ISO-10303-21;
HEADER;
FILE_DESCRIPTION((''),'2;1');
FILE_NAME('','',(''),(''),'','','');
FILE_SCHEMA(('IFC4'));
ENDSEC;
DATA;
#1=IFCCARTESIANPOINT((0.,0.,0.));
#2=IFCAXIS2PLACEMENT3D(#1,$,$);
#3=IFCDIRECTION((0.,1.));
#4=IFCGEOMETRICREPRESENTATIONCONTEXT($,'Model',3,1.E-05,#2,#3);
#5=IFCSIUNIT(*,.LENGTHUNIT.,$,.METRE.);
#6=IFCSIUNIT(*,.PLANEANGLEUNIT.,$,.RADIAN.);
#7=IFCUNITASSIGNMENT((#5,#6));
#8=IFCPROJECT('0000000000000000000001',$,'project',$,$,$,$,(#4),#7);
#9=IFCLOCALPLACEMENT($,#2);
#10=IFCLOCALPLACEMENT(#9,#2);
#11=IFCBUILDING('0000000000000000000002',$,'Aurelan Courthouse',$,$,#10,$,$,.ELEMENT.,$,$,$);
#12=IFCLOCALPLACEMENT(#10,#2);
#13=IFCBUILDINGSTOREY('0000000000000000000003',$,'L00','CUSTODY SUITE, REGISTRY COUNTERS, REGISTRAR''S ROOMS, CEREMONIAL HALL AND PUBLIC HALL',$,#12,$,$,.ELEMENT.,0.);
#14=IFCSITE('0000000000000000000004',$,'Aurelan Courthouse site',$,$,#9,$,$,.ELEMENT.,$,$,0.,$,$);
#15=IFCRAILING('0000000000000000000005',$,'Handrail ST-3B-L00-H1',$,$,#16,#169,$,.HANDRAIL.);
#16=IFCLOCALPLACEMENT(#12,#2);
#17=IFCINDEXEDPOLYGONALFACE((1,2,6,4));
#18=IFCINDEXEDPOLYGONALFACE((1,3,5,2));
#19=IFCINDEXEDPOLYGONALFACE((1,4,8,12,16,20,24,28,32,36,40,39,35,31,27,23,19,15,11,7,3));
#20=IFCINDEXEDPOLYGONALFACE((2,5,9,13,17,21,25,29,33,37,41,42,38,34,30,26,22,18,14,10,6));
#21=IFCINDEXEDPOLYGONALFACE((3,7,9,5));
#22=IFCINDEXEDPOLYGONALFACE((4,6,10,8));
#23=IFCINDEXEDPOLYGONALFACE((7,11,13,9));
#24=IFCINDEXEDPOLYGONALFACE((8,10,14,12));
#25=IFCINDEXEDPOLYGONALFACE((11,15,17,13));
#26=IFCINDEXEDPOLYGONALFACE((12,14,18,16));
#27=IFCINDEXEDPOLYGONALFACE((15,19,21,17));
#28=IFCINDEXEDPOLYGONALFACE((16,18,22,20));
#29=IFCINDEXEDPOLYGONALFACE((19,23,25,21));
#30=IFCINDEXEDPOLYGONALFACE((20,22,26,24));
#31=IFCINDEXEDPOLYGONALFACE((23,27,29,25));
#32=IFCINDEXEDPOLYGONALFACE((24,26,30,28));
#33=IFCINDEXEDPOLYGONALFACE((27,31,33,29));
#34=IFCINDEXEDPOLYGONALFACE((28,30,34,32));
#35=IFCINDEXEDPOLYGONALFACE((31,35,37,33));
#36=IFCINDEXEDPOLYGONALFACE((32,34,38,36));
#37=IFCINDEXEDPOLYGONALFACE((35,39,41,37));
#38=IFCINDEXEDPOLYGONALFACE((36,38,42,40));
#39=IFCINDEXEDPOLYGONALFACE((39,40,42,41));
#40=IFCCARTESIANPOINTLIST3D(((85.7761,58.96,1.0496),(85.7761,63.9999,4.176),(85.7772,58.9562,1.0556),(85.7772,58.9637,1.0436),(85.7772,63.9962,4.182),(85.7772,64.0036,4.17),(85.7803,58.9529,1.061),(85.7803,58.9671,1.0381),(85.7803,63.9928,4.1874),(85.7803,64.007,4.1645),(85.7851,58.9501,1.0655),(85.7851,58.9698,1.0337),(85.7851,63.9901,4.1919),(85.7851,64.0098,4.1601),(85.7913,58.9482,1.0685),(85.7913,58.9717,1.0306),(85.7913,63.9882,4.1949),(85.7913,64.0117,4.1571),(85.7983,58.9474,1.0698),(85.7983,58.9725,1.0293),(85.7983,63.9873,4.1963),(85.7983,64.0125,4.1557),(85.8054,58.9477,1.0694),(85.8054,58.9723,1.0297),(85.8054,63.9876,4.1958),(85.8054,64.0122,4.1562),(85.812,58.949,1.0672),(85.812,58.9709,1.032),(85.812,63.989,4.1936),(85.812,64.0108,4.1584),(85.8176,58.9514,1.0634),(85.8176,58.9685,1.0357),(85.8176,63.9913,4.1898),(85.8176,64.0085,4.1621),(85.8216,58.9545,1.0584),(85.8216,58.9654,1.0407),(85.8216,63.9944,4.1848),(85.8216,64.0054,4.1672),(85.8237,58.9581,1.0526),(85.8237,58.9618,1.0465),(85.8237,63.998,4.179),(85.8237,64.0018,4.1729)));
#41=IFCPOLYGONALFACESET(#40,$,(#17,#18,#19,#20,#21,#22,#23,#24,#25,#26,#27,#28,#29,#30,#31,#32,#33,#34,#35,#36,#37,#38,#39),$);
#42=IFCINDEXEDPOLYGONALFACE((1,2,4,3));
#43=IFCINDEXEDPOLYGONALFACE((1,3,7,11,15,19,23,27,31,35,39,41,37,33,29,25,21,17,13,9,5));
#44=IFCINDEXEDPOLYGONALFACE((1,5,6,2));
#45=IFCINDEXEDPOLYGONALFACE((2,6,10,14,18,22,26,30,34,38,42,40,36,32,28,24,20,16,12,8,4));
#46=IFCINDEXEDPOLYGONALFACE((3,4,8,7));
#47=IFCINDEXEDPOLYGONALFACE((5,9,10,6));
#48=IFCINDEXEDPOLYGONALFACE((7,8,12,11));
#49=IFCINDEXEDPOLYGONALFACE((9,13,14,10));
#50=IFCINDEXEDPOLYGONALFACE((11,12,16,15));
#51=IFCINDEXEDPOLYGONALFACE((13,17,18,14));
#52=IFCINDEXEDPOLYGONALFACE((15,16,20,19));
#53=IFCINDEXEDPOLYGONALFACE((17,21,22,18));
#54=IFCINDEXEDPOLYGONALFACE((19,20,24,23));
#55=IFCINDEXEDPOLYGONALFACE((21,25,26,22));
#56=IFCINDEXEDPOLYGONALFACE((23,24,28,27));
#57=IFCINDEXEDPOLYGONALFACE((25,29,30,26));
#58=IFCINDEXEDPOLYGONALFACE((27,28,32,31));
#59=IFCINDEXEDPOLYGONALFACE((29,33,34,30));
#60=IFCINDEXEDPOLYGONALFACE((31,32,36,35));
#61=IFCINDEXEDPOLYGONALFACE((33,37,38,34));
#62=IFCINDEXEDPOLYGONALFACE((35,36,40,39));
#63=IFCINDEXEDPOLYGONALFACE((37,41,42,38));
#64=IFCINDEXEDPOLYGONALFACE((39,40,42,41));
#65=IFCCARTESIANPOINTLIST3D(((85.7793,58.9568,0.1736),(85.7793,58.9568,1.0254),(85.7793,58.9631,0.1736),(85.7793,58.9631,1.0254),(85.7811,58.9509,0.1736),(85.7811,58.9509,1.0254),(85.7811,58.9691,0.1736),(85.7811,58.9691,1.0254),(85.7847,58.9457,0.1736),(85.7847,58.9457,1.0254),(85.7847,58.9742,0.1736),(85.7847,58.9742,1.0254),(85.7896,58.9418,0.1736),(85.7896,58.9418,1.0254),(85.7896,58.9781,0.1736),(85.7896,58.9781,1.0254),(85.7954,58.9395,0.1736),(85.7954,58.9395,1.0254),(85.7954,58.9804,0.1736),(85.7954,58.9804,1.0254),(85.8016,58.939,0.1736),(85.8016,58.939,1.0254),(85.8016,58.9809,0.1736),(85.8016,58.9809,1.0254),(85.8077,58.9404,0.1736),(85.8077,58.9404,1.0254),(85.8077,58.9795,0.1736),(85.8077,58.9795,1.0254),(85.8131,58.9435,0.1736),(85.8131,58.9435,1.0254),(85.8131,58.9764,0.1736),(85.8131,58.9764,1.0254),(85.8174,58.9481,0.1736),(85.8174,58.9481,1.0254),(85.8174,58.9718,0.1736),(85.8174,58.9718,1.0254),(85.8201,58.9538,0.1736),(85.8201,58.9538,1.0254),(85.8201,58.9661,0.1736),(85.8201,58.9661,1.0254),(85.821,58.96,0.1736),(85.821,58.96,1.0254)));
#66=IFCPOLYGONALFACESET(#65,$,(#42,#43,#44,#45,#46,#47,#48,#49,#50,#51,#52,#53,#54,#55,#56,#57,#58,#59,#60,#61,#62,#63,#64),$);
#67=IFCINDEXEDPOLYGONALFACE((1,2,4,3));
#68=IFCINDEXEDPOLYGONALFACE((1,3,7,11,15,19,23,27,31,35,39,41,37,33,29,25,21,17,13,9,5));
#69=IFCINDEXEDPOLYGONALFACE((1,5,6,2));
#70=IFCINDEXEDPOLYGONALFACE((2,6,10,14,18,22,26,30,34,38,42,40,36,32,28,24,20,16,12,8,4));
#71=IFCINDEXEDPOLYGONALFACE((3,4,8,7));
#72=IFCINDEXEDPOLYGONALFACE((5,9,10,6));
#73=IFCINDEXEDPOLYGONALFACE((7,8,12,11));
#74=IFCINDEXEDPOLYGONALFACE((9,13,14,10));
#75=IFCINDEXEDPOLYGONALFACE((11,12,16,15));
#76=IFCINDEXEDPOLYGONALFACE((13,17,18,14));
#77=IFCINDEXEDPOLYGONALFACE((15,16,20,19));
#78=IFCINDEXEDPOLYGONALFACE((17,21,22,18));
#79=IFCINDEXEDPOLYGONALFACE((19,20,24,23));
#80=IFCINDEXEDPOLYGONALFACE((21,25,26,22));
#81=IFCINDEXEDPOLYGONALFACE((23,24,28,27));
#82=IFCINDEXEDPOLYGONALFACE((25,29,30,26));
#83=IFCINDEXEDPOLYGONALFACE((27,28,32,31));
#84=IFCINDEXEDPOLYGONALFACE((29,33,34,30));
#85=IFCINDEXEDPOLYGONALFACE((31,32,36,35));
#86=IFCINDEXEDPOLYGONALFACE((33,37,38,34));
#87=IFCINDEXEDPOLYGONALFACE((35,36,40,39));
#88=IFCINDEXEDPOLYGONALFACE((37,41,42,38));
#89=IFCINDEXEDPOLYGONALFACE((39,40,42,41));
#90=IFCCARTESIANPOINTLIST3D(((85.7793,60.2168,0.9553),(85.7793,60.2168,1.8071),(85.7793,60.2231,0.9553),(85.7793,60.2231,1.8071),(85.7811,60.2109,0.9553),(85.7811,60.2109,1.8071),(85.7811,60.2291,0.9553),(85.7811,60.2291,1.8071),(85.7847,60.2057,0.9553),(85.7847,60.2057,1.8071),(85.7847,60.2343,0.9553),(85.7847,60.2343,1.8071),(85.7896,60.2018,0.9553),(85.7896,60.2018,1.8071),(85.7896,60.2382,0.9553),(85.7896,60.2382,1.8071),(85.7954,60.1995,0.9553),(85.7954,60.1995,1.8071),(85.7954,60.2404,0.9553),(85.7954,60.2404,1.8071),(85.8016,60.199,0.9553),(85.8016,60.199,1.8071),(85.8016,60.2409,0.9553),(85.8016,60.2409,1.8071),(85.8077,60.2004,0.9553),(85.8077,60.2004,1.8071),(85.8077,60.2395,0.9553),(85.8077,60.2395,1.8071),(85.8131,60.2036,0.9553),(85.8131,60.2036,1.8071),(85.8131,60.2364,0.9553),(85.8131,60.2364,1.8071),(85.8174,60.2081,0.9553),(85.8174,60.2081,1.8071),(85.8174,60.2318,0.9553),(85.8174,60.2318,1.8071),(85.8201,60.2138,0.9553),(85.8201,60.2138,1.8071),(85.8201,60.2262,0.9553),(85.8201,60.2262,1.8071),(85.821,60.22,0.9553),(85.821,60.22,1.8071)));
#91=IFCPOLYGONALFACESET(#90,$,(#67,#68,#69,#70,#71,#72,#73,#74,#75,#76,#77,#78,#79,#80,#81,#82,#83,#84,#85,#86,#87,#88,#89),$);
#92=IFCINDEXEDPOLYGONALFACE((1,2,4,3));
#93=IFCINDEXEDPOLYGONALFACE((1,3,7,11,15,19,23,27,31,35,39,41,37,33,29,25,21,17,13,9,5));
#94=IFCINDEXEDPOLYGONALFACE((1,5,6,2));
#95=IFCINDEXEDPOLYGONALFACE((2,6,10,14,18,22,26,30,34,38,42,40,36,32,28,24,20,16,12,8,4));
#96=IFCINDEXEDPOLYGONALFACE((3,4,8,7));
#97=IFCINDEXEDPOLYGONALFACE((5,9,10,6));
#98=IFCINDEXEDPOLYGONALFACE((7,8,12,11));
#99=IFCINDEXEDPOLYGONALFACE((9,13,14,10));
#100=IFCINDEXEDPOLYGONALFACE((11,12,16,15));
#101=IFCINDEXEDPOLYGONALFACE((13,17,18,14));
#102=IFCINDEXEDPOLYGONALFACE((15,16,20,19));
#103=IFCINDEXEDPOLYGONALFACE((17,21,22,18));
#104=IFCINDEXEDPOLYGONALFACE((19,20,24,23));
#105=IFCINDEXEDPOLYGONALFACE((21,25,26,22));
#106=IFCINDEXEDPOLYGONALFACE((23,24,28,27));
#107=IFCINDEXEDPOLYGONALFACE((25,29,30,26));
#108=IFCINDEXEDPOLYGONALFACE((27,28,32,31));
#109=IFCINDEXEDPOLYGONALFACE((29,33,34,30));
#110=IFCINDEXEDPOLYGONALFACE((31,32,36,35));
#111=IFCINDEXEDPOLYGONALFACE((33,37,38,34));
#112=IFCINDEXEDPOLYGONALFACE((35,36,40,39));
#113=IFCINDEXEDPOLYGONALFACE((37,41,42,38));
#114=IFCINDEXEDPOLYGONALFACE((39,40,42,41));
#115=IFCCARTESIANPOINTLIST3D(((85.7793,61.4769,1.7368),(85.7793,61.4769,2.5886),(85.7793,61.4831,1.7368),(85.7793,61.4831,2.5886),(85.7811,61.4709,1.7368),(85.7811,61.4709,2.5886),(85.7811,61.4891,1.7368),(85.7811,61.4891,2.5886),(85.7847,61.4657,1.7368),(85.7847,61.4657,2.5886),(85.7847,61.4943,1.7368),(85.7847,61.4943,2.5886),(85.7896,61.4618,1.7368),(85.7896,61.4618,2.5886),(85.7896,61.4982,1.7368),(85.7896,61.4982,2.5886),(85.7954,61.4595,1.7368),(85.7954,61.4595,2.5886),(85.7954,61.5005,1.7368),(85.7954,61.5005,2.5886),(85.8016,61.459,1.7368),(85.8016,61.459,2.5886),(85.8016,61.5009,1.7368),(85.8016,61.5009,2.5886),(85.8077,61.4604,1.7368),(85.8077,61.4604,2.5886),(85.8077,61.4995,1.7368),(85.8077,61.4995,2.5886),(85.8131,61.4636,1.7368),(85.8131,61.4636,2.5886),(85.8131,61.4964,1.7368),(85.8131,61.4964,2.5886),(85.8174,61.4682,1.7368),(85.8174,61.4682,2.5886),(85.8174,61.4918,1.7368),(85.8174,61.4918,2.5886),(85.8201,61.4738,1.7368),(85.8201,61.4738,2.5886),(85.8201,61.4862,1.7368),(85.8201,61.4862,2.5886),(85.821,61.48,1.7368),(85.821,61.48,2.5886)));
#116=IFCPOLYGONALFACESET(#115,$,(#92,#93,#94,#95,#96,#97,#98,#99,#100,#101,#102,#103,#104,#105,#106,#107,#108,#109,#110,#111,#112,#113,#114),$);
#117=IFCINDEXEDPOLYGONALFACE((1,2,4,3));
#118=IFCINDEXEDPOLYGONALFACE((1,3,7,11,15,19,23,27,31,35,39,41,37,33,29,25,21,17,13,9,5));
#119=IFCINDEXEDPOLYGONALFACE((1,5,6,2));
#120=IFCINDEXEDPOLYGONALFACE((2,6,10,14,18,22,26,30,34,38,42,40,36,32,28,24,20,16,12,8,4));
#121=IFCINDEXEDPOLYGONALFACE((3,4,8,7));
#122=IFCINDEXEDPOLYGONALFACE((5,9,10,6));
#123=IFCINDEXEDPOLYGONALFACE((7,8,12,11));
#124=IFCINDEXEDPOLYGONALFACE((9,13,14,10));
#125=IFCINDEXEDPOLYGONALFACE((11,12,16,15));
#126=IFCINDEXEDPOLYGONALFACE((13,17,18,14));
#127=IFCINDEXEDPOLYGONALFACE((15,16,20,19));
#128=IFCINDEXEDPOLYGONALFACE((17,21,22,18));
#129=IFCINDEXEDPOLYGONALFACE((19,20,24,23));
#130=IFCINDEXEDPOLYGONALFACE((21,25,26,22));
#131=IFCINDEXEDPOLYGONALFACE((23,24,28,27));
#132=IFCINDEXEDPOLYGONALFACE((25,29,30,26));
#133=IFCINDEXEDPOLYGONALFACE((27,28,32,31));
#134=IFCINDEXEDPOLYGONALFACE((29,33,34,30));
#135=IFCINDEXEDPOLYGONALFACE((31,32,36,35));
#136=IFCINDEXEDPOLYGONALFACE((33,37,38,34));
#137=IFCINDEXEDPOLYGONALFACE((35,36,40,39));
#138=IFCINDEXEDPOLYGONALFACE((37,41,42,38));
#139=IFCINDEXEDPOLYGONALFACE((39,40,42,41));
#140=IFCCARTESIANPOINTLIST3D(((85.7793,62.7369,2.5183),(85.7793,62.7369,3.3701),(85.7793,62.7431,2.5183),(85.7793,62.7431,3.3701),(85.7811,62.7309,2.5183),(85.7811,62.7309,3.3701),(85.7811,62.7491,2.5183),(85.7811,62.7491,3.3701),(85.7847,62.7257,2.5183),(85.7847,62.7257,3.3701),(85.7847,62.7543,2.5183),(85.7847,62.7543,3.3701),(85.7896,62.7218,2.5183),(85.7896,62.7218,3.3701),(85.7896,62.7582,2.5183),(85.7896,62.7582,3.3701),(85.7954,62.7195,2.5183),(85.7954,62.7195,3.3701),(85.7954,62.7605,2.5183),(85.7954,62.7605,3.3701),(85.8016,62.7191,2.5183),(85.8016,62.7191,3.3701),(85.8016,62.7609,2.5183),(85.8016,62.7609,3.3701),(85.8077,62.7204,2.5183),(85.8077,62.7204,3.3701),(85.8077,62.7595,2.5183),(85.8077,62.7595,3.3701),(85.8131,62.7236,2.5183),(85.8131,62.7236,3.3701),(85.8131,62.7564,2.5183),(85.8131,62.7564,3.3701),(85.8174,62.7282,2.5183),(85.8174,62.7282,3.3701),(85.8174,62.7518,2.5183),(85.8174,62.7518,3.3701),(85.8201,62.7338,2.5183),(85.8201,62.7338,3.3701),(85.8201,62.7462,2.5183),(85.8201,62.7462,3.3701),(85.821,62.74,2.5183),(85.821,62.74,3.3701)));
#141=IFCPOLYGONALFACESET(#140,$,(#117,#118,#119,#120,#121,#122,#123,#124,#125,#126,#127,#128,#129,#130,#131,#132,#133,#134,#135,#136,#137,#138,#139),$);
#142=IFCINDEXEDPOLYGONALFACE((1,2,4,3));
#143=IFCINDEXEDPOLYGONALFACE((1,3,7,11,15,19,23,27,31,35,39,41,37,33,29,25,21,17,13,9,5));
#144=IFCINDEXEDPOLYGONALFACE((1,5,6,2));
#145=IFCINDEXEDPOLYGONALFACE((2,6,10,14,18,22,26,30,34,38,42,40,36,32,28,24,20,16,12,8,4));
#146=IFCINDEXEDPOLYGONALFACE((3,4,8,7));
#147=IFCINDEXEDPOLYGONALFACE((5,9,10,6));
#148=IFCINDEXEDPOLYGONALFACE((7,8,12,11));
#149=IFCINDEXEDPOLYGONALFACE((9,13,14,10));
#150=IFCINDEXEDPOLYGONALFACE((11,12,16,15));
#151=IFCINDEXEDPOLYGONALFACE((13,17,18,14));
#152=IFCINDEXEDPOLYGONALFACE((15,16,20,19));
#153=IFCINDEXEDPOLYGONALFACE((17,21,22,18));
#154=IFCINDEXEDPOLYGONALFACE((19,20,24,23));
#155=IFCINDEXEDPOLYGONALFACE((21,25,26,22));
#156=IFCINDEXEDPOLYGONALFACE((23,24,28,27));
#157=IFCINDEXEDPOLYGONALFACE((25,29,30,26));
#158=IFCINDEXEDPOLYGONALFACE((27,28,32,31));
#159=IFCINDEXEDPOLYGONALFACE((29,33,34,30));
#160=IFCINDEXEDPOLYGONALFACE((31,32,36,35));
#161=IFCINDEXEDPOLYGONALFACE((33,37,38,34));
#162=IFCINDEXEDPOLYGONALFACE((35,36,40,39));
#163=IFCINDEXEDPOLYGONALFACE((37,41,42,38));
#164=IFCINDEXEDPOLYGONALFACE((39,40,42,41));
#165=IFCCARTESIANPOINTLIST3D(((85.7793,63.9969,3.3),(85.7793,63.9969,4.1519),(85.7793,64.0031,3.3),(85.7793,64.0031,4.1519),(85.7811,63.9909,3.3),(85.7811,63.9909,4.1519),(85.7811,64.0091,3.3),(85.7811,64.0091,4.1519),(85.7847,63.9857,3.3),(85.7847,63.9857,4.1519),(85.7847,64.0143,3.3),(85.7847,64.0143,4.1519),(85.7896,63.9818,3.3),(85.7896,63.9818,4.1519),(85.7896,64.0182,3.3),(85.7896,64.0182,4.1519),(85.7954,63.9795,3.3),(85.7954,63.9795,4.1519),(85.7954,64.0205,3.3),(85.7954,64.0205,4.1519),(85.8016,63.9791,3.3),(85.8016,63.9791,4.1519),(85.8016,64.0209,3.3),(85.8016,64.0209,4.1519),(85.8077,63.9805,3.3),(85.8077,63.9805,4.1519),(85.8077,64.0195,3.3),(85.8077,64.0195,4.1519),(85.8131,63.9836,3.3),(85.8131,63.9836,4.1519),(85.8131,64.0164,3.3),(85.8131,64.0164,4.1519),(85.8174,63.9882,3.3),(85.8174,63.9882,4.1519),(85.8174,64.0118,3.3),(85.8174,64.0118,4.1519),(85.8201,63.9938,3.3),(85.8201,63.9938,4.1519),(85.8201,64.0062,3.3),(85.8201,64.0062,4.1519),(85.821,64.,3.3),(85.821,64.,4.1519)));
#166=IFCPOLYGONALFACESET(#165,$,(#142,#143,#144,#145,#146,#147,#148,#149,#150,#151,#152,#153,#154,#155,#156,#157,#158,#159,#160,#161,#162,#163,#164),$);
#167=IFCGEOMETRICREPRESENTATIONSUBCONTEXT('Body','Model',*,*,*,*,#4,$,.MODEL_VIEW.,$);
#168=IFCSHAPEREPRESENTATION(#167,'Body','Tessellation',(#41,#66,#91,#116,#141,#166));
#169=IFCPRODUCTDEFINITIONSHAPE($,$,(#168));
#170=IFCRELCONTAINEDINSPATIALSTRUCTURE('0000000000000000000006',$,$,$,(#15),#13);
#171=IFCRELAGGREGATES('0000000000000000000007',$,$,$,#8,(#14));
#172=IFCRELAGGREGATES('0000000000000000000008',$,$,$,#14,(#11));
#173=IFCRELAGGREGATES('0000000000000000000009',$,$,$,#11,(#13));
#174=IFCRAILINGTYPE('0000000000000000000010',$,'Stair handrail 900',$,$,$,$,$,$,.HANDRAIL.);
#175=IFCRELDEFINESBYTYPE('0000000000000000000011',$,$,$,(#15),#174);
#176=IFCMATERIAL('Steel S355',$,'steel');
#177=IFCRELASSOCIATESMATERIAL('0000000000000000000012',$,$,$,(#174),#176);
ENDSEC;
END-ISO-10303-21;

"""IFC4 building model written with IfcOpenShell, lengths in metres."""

from ifc_helpers import new_model, si_unit, direction, frame, origin, origin_2d, place, context, subcontext, project, spatial, circle, extrude, material, type_object, element, save


model = new_model("IFC4")

# Units and contexts
model_context = context("Model", 3, precision=1e-05, world=origin(), true_north=direction((0.0, 1.0)))
body_context = subcontext(model_context, "Body", "Model", "MODEL_VIEW")
ifc_project = project(units=[si_unit("LENGTHUNIT", "METRE"), si_unit("PLANEANGLEUNIT", "RADIAN")], contexts=[model_context])

# Site, building, storey
site_placement = place(None, origin())
site = spatial("IfcSite", under=ifc_project, at=site_placement, Name="Aurelan Courthouse site", CompositionType="ELEMENT", RefElevation=0.0)
building_placement = place(site_placement, origin())
building = spatial("IfcBuilding", under=site, at=building_placement, Name="Aurelan Courthouse", CompositionType="ELEMENT")
storey_placement = place(building_placement, origin())
storey = spatial("IfcBuildingStorey", under=building, at=storey_placement, Name="L00", Description="CUSTODY SUITE, REGISTRY COUNTERS, REGISTRAR'S ROOMS, CEREMONIAL HALL AND PUBLIC HALL", CompositionType="ELEMENT", Elevation=0.0)

# Railing
ifc_material_1 = material(Name="Steel S355", Category="steel")
railing_type_1 = type_object("IfcRailingType", Name="Stair handrail 900", PredefinedType="HANDRAIL", material=ifc_material_1)
for number, where, name in (
    (1, (85.8, 58.96, 0.1736), "Handrail ST-3B-L00-H1"),
):
    element("IfcRailing", number, at=place(storey_placement, frame(where)), inside=storey, type_object=railing_type_1, Name=name, PredefinedType="HANDRAIL", context=body_context, shape_type="SweptSolid", body=[
        extrude(circle(Radius=0.0239, at=origin_2d()), frame((0.0, 0.0, 0.876), z_axis=(0.0, 0.849779, 0.527139), x_axis=(-1.0, 0.0, 0.0)), (0.0, 0.0, 1.0), 5.9309),
        extrude(circle(Radius=0.021, at=origin_2d()), origin(), (0.0, 0.0, 1.0), 0.8518),
        extrude(circle(Radius=0.021, at=origin_2d()), frame((0.0, 1.26, 0.7817)), (0.0, 0.0, 1.0), 0.8518),
        extrude(circle(Radius=0.021, at=origin_2d()), frame((0.0, 2.52, 1.5632)), (0.0, 0.0, 1.0), 0.8518),
        extrude(circle(Radius=0.021, at=origin_2d()), frame((0.0, 3.78, 2.3447)), (0.0, 0.0, 1.0), 0.8518),
        extrude(circle(Radius=0.021, at=origin_2d()), frame((0.0, 5.04, 3.1265)), (0.0, 0.0, 1.0), 0.8518),
    ])

save(model, "model.ifc")
